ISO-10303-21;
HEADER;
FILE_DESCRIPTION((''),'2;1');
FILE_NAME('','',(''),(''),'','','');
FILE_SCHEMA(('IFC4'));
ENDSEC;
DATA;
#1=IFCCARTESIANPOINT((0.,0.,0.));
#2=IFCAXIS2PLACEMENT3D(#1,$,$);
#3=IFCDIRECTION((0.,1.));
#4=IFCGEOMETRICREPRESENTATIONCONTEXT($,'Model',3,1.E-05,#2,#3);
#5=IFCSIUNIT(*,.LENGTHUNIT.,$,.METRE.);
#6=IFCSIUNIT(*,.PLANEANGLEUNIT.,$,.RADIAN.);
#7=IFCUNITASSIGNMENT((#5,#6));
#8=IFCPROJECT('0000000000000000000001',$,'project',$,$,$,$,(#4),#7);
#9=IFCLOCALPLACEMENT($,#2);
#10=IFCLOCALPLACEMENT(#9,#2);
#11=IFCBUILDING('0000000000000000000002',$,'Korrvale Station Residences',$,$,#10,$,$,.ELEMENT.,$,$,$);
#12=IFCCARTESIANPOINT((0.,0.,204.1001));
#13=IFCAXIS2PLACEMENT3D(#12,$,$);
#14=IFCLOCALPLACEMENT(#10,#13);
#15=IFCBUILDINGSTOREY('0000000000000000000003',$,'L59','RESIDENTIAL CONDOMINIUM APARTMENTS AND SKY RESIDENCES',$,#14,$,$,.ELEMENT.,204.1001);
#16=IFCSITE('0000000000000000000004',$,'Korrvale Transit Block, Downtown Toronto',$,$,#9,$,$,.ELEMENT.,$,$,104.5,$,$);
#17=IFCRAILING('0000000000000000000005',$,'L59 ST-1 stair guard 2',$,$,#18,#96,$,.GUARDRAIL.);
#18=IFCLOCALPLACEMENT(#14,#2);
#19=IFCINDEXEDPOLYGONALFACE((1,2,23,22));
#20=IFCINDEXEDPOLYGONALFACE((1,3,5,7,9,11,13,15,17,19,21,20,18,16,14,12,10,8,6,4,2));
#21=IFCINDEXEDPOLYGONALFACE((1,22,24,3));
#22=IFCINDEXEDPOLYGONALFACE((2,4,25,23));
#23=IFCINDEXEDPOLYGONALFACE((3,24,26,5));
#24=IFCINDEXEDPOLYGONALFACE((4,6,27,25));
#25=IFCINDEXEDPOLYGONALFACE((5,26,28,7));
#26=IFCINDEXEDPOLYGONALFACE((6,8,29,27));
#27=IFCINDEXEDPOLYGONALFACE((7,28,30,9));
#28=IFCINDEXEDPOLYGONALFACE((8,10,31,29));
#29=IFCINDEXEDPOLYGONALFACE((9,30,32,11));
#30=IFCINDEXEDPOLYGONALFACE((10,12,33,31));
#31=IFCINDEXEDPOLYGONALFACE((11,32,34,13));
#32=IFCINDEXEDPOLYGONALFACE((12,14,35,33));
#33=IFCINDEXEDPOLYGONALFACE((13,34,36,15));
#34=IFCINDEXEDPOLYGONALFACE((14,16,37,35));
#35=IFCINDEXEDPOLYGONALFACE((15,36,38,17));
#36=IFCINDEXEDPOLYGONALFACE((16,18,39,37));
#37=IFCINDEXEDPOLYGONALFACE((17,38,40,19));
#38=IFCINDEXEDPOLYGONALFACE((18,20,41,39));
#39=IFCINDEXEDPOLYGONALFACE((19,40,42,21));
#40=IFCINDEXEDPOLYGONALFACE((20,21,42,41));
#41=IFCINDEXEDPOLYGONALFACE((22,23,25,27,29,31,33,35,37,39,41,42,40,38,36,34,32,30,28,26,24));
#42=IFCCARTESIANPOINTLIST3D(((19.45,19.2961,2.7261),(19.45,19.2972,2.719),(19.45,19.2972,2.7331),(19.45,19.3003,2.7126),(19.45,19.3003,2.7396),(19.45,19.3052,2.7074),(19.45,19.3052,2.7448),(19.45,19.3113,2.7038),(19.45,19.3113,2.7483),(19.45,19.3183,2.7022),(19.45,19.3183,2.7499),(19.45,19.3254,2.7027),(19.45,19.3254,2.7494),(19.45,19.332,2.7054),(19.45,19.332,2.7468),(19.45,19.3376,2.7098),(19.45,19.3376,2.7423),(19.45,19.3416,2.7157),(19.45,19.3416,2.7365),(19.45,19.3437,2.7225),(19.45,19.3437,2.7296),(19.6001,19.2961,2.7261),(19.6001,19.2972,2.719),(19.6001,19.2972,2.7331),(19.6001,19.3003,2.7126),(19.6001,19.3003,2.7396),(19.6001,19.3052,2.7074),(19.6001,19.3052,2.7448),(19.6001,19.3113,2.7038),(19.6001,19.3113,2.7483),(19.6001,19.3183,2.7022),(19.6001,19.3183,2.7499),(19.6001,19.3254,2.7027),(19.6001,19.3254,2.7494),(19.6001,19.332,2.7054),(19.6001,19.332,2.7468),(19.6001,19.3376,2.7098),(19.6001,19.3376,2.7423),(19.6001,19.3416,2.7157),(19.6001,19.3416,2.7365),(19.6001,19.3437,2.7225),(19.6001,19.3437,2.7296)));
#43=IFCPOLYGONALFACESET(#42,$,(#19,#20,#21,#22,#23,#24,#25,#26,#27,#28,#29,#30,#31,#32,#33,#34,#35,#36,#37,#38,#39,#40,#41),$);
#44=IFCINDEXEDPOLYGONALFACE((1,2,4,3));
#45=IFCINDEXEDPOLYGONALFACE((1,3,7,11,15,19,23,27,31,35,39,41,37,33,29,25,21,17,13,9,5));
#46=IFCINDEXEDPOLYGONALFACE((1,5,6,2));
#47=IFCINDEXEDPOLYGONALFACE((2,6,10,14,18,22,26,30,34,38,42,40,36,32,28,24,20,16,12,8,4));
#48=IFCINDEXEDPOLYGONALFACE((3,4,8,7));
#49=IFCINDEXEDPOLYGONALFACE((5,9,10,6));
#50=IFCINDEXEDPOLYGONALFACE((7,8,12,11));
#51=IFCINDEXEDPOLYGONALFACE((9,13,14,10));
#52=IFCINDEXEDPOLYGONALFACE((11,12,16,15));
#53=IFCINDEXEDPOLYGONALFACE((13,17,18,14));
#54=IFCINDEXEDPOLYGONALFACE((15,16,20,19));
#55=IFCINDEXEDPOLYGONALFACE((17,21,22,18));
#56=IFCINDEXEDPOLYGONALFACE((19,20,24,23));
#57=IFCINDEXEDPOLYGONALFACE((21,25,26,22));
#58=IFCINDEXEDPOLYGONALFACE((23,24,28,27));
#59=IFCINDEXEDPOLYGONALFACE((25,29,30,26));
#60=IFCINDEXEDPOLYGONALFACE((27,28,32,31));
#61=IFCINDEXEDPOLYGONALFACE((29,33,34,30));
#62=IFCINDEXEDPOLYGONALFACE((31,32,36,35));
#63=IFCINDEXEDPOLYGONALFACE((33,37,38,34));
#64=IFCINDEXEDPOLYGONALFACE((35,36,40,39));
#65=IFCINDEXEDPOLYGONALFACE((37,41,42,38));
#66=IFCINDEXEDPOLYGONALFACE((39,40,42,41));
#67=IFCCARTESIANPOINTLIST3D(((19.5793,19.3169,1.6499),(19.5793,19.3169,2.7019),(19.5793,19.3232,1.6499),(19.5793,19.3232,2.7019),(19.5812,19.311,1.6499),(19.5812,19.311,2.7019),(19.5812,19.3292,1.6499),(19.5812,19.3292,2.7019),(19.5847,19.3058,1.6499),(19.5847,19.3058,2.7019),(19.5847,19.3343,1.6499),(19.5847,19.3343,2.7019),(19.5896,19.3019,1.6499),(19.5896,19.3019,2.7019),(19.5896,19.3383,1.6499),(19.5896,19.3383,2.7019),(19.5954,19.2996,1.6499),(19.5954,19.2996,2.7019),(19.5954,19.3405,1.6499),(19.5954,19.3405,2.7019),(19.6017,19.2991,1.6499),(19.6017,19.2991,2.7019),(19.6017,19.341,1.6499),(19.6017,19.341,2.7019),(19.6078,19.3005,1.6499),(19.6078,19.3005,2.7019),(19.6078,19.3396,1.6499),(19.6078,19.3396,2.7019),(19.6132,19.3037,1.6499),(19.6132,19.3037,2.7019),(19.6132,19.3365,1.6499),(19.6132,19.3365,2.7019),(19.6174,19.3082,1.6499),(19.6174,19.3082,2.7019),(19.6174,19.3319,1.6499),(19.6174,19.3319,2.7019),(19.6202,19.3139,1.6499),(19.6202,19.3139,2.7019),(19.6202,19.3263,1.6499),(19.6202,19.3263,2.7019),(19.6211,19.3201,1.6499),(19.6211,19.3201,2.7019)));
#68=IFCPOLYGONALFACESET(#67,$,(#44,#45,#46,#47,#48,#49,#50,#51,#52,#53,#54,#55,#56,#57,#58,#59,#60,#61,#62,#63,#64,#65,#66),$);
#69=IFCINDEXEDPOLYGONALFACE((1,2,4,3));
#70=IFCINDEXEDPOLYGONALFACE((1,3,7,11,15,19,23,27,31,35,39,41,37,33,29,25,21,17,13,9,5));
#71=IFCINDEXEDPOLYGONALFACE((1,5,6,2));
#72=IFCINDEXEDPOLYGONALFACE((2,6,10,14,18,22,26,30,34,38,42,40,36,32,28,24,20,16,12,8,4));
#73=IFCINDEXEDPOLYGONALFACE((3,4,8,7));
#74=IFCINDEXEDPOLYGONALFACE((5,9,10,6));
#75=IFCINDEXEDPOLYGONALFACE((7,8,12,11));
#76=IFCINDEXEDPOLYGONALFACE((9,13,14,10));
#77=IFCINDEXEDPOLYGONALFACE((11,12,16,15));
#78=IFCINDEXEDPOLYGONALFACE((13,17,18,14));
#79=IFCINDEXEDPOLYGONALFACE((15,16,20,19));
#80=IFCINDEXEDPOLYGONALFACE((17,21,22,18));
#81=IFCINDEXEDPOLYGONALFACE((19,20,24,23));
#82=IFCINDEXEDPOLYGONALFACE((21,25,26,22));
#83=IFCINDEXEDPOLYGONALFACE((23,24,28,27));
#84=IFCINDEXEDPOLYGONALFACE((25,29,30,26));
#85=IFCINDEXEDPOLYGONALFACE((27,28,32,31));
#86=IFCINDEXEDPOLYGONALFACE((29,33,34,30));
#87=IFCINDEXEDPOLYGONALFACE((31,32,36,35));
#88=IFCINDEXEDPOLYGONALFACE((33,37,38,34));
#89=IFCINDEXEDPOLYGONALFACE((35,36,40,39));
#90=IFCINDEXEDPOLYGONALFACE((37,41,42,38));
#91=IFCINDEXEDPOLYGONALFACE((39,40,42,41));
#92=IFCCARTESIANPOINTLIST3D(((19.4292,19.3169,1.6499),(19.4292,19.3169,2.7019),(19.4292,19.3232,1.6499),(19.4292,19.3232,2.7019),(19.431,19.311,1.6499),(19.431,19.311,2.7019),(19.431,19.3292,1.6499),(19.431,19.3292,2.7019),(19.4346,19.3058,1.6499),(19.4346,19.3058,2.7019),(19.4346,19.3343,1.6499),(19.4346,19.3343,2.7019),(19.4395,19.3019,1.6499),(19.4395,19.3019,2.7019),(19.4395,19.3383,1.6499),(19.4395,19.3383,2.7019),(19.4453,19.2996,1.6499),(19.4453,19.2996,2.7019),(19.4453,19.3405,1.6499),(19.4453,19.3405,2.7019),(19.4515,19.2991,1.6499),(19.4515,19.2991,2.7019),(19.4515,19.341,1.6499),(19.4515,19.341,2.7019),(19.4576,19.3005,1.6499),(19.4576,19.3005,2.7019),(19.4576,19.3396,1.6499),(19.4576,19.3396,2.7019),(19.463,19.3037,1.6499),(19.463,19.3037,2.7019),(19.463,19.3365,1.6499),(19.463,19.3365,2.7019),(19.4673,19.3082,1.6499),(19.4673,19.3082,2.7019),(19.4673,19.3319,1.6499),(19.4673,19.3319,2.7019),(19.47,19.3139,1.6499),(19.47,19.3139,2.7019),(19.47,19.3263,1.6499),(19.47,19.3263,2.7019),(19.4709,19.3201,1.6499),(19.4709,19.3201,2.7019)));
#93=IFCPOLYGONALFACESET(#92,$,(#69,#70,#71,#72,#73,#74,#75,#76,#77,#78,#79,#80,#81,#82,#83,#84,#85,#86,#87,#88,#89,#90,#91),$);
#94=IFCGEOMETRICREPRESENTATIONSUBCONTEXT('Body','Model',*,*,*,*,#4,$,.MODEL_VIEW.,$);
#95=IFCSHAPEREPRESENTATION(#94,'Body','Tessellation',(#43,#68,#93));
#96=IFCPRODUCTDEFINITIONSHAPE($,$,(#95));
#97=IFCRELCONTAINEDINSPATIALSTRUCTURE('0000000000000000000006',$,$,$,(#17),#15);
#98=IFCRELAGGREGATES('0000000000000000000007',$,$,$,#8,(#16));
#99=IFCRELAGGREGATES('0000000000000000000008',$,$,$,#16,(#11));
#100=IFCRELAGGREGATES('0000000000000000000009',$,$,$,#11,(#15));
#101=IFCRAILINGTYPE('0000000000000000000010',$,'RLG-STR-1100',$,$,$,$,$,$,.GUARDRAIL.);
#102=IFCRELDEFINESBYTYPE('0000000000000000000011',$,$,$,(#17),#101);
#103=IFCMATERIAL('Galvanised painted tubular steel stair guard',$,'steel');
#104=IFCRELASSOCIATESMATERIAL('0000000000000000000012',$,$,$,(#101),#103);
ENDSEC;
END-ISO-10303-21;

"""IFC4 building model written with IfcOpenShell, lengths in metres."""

from ifc_helpers import new_model, si_unit, direction, frame, origin, origin_2d, place, context, subcontext, project, spatial, circle, extrude, material, type_object, element, save


model = new_model("IFC4")

# Units and contexts
model_context = context("Model", 3, precision=1e-05, world=origin(), true_north=direction((0.0, 1.0)))
body_context = subcontext(model_context, "Body", "Model", "MODEL_VIEW")
ifc_project = project(units=[si_unit("LENGTHUNIT", "METRE"), si_unit("PLANEANGLEUNIT", "RADIAN")], contexts=[model_context])

# Site, building, storey
site_placement = place(None, origin())
site = spatial("IfcSite", under=ifc_project, at=site_placement, Name="Korrvale Transit Block, Downtown Toronto", CompositionType="ELEMENT", RefElevation=104.5)
building_placement = place(site_placement, origin())
building = spatial("IfcBuilding", under=site, at=building_placement, Name="Korrvale Station Residences", CompositionType="ELEMENT")
storey_placement = place(building_placement, frame((0.0, 0.0, 204.1001)))
storey = spatial("IfcBuildingStorey", under=building, at=storey_placement, Name="L59", Description="RESIDENTIAL CONDOMINIUM APARTMENTS AND SKY RESIDENCES", CompositionType="ELEMENT", Elevation=204.1001)

# Railing
ifc_material_1 = material(Name="Galvanised painted tubular steel stair guard", Category="steel")
railing_type_1 = type_object("IfcRailingType", Name="RLG-STR-1100", PredefinedType="GUARDRAIL", material=ifc_material_1)
railing_1_placement = place(storey_placement, frame((19.6001, 19.3201, 1.6499)))
element("IfcRailing", 1, at=railing_1_placement, inside=storey, type_object=railing_type_1, Name="L59 ST-1 stair guard 2", PredefinedType="GUARDRAIL", context=body_context, shape_type="SweptSolid", body=[
    extrude(circle(Radius=0.0239, at=origin_2d()), frame((0.0, 0.0, 1.0762), z_axis=(-1.0, 0.0, 0.0), x_axis=(0.0, -1.0, 0.0)), (0.0, 0.0, 1.0), 0.1501),
    extrude(circle(Radius=0.021, at=origin_2d()), origin(), (0.0, 0.0, 1.0), 1.052),
    extrude(circle(Radius=0.021, at=origin_2d()), frame((-0.1501, 0.0, 0.0)), (0.0, 0.0, 1.0), 1.052),
])

save(model, "model.ifc")
